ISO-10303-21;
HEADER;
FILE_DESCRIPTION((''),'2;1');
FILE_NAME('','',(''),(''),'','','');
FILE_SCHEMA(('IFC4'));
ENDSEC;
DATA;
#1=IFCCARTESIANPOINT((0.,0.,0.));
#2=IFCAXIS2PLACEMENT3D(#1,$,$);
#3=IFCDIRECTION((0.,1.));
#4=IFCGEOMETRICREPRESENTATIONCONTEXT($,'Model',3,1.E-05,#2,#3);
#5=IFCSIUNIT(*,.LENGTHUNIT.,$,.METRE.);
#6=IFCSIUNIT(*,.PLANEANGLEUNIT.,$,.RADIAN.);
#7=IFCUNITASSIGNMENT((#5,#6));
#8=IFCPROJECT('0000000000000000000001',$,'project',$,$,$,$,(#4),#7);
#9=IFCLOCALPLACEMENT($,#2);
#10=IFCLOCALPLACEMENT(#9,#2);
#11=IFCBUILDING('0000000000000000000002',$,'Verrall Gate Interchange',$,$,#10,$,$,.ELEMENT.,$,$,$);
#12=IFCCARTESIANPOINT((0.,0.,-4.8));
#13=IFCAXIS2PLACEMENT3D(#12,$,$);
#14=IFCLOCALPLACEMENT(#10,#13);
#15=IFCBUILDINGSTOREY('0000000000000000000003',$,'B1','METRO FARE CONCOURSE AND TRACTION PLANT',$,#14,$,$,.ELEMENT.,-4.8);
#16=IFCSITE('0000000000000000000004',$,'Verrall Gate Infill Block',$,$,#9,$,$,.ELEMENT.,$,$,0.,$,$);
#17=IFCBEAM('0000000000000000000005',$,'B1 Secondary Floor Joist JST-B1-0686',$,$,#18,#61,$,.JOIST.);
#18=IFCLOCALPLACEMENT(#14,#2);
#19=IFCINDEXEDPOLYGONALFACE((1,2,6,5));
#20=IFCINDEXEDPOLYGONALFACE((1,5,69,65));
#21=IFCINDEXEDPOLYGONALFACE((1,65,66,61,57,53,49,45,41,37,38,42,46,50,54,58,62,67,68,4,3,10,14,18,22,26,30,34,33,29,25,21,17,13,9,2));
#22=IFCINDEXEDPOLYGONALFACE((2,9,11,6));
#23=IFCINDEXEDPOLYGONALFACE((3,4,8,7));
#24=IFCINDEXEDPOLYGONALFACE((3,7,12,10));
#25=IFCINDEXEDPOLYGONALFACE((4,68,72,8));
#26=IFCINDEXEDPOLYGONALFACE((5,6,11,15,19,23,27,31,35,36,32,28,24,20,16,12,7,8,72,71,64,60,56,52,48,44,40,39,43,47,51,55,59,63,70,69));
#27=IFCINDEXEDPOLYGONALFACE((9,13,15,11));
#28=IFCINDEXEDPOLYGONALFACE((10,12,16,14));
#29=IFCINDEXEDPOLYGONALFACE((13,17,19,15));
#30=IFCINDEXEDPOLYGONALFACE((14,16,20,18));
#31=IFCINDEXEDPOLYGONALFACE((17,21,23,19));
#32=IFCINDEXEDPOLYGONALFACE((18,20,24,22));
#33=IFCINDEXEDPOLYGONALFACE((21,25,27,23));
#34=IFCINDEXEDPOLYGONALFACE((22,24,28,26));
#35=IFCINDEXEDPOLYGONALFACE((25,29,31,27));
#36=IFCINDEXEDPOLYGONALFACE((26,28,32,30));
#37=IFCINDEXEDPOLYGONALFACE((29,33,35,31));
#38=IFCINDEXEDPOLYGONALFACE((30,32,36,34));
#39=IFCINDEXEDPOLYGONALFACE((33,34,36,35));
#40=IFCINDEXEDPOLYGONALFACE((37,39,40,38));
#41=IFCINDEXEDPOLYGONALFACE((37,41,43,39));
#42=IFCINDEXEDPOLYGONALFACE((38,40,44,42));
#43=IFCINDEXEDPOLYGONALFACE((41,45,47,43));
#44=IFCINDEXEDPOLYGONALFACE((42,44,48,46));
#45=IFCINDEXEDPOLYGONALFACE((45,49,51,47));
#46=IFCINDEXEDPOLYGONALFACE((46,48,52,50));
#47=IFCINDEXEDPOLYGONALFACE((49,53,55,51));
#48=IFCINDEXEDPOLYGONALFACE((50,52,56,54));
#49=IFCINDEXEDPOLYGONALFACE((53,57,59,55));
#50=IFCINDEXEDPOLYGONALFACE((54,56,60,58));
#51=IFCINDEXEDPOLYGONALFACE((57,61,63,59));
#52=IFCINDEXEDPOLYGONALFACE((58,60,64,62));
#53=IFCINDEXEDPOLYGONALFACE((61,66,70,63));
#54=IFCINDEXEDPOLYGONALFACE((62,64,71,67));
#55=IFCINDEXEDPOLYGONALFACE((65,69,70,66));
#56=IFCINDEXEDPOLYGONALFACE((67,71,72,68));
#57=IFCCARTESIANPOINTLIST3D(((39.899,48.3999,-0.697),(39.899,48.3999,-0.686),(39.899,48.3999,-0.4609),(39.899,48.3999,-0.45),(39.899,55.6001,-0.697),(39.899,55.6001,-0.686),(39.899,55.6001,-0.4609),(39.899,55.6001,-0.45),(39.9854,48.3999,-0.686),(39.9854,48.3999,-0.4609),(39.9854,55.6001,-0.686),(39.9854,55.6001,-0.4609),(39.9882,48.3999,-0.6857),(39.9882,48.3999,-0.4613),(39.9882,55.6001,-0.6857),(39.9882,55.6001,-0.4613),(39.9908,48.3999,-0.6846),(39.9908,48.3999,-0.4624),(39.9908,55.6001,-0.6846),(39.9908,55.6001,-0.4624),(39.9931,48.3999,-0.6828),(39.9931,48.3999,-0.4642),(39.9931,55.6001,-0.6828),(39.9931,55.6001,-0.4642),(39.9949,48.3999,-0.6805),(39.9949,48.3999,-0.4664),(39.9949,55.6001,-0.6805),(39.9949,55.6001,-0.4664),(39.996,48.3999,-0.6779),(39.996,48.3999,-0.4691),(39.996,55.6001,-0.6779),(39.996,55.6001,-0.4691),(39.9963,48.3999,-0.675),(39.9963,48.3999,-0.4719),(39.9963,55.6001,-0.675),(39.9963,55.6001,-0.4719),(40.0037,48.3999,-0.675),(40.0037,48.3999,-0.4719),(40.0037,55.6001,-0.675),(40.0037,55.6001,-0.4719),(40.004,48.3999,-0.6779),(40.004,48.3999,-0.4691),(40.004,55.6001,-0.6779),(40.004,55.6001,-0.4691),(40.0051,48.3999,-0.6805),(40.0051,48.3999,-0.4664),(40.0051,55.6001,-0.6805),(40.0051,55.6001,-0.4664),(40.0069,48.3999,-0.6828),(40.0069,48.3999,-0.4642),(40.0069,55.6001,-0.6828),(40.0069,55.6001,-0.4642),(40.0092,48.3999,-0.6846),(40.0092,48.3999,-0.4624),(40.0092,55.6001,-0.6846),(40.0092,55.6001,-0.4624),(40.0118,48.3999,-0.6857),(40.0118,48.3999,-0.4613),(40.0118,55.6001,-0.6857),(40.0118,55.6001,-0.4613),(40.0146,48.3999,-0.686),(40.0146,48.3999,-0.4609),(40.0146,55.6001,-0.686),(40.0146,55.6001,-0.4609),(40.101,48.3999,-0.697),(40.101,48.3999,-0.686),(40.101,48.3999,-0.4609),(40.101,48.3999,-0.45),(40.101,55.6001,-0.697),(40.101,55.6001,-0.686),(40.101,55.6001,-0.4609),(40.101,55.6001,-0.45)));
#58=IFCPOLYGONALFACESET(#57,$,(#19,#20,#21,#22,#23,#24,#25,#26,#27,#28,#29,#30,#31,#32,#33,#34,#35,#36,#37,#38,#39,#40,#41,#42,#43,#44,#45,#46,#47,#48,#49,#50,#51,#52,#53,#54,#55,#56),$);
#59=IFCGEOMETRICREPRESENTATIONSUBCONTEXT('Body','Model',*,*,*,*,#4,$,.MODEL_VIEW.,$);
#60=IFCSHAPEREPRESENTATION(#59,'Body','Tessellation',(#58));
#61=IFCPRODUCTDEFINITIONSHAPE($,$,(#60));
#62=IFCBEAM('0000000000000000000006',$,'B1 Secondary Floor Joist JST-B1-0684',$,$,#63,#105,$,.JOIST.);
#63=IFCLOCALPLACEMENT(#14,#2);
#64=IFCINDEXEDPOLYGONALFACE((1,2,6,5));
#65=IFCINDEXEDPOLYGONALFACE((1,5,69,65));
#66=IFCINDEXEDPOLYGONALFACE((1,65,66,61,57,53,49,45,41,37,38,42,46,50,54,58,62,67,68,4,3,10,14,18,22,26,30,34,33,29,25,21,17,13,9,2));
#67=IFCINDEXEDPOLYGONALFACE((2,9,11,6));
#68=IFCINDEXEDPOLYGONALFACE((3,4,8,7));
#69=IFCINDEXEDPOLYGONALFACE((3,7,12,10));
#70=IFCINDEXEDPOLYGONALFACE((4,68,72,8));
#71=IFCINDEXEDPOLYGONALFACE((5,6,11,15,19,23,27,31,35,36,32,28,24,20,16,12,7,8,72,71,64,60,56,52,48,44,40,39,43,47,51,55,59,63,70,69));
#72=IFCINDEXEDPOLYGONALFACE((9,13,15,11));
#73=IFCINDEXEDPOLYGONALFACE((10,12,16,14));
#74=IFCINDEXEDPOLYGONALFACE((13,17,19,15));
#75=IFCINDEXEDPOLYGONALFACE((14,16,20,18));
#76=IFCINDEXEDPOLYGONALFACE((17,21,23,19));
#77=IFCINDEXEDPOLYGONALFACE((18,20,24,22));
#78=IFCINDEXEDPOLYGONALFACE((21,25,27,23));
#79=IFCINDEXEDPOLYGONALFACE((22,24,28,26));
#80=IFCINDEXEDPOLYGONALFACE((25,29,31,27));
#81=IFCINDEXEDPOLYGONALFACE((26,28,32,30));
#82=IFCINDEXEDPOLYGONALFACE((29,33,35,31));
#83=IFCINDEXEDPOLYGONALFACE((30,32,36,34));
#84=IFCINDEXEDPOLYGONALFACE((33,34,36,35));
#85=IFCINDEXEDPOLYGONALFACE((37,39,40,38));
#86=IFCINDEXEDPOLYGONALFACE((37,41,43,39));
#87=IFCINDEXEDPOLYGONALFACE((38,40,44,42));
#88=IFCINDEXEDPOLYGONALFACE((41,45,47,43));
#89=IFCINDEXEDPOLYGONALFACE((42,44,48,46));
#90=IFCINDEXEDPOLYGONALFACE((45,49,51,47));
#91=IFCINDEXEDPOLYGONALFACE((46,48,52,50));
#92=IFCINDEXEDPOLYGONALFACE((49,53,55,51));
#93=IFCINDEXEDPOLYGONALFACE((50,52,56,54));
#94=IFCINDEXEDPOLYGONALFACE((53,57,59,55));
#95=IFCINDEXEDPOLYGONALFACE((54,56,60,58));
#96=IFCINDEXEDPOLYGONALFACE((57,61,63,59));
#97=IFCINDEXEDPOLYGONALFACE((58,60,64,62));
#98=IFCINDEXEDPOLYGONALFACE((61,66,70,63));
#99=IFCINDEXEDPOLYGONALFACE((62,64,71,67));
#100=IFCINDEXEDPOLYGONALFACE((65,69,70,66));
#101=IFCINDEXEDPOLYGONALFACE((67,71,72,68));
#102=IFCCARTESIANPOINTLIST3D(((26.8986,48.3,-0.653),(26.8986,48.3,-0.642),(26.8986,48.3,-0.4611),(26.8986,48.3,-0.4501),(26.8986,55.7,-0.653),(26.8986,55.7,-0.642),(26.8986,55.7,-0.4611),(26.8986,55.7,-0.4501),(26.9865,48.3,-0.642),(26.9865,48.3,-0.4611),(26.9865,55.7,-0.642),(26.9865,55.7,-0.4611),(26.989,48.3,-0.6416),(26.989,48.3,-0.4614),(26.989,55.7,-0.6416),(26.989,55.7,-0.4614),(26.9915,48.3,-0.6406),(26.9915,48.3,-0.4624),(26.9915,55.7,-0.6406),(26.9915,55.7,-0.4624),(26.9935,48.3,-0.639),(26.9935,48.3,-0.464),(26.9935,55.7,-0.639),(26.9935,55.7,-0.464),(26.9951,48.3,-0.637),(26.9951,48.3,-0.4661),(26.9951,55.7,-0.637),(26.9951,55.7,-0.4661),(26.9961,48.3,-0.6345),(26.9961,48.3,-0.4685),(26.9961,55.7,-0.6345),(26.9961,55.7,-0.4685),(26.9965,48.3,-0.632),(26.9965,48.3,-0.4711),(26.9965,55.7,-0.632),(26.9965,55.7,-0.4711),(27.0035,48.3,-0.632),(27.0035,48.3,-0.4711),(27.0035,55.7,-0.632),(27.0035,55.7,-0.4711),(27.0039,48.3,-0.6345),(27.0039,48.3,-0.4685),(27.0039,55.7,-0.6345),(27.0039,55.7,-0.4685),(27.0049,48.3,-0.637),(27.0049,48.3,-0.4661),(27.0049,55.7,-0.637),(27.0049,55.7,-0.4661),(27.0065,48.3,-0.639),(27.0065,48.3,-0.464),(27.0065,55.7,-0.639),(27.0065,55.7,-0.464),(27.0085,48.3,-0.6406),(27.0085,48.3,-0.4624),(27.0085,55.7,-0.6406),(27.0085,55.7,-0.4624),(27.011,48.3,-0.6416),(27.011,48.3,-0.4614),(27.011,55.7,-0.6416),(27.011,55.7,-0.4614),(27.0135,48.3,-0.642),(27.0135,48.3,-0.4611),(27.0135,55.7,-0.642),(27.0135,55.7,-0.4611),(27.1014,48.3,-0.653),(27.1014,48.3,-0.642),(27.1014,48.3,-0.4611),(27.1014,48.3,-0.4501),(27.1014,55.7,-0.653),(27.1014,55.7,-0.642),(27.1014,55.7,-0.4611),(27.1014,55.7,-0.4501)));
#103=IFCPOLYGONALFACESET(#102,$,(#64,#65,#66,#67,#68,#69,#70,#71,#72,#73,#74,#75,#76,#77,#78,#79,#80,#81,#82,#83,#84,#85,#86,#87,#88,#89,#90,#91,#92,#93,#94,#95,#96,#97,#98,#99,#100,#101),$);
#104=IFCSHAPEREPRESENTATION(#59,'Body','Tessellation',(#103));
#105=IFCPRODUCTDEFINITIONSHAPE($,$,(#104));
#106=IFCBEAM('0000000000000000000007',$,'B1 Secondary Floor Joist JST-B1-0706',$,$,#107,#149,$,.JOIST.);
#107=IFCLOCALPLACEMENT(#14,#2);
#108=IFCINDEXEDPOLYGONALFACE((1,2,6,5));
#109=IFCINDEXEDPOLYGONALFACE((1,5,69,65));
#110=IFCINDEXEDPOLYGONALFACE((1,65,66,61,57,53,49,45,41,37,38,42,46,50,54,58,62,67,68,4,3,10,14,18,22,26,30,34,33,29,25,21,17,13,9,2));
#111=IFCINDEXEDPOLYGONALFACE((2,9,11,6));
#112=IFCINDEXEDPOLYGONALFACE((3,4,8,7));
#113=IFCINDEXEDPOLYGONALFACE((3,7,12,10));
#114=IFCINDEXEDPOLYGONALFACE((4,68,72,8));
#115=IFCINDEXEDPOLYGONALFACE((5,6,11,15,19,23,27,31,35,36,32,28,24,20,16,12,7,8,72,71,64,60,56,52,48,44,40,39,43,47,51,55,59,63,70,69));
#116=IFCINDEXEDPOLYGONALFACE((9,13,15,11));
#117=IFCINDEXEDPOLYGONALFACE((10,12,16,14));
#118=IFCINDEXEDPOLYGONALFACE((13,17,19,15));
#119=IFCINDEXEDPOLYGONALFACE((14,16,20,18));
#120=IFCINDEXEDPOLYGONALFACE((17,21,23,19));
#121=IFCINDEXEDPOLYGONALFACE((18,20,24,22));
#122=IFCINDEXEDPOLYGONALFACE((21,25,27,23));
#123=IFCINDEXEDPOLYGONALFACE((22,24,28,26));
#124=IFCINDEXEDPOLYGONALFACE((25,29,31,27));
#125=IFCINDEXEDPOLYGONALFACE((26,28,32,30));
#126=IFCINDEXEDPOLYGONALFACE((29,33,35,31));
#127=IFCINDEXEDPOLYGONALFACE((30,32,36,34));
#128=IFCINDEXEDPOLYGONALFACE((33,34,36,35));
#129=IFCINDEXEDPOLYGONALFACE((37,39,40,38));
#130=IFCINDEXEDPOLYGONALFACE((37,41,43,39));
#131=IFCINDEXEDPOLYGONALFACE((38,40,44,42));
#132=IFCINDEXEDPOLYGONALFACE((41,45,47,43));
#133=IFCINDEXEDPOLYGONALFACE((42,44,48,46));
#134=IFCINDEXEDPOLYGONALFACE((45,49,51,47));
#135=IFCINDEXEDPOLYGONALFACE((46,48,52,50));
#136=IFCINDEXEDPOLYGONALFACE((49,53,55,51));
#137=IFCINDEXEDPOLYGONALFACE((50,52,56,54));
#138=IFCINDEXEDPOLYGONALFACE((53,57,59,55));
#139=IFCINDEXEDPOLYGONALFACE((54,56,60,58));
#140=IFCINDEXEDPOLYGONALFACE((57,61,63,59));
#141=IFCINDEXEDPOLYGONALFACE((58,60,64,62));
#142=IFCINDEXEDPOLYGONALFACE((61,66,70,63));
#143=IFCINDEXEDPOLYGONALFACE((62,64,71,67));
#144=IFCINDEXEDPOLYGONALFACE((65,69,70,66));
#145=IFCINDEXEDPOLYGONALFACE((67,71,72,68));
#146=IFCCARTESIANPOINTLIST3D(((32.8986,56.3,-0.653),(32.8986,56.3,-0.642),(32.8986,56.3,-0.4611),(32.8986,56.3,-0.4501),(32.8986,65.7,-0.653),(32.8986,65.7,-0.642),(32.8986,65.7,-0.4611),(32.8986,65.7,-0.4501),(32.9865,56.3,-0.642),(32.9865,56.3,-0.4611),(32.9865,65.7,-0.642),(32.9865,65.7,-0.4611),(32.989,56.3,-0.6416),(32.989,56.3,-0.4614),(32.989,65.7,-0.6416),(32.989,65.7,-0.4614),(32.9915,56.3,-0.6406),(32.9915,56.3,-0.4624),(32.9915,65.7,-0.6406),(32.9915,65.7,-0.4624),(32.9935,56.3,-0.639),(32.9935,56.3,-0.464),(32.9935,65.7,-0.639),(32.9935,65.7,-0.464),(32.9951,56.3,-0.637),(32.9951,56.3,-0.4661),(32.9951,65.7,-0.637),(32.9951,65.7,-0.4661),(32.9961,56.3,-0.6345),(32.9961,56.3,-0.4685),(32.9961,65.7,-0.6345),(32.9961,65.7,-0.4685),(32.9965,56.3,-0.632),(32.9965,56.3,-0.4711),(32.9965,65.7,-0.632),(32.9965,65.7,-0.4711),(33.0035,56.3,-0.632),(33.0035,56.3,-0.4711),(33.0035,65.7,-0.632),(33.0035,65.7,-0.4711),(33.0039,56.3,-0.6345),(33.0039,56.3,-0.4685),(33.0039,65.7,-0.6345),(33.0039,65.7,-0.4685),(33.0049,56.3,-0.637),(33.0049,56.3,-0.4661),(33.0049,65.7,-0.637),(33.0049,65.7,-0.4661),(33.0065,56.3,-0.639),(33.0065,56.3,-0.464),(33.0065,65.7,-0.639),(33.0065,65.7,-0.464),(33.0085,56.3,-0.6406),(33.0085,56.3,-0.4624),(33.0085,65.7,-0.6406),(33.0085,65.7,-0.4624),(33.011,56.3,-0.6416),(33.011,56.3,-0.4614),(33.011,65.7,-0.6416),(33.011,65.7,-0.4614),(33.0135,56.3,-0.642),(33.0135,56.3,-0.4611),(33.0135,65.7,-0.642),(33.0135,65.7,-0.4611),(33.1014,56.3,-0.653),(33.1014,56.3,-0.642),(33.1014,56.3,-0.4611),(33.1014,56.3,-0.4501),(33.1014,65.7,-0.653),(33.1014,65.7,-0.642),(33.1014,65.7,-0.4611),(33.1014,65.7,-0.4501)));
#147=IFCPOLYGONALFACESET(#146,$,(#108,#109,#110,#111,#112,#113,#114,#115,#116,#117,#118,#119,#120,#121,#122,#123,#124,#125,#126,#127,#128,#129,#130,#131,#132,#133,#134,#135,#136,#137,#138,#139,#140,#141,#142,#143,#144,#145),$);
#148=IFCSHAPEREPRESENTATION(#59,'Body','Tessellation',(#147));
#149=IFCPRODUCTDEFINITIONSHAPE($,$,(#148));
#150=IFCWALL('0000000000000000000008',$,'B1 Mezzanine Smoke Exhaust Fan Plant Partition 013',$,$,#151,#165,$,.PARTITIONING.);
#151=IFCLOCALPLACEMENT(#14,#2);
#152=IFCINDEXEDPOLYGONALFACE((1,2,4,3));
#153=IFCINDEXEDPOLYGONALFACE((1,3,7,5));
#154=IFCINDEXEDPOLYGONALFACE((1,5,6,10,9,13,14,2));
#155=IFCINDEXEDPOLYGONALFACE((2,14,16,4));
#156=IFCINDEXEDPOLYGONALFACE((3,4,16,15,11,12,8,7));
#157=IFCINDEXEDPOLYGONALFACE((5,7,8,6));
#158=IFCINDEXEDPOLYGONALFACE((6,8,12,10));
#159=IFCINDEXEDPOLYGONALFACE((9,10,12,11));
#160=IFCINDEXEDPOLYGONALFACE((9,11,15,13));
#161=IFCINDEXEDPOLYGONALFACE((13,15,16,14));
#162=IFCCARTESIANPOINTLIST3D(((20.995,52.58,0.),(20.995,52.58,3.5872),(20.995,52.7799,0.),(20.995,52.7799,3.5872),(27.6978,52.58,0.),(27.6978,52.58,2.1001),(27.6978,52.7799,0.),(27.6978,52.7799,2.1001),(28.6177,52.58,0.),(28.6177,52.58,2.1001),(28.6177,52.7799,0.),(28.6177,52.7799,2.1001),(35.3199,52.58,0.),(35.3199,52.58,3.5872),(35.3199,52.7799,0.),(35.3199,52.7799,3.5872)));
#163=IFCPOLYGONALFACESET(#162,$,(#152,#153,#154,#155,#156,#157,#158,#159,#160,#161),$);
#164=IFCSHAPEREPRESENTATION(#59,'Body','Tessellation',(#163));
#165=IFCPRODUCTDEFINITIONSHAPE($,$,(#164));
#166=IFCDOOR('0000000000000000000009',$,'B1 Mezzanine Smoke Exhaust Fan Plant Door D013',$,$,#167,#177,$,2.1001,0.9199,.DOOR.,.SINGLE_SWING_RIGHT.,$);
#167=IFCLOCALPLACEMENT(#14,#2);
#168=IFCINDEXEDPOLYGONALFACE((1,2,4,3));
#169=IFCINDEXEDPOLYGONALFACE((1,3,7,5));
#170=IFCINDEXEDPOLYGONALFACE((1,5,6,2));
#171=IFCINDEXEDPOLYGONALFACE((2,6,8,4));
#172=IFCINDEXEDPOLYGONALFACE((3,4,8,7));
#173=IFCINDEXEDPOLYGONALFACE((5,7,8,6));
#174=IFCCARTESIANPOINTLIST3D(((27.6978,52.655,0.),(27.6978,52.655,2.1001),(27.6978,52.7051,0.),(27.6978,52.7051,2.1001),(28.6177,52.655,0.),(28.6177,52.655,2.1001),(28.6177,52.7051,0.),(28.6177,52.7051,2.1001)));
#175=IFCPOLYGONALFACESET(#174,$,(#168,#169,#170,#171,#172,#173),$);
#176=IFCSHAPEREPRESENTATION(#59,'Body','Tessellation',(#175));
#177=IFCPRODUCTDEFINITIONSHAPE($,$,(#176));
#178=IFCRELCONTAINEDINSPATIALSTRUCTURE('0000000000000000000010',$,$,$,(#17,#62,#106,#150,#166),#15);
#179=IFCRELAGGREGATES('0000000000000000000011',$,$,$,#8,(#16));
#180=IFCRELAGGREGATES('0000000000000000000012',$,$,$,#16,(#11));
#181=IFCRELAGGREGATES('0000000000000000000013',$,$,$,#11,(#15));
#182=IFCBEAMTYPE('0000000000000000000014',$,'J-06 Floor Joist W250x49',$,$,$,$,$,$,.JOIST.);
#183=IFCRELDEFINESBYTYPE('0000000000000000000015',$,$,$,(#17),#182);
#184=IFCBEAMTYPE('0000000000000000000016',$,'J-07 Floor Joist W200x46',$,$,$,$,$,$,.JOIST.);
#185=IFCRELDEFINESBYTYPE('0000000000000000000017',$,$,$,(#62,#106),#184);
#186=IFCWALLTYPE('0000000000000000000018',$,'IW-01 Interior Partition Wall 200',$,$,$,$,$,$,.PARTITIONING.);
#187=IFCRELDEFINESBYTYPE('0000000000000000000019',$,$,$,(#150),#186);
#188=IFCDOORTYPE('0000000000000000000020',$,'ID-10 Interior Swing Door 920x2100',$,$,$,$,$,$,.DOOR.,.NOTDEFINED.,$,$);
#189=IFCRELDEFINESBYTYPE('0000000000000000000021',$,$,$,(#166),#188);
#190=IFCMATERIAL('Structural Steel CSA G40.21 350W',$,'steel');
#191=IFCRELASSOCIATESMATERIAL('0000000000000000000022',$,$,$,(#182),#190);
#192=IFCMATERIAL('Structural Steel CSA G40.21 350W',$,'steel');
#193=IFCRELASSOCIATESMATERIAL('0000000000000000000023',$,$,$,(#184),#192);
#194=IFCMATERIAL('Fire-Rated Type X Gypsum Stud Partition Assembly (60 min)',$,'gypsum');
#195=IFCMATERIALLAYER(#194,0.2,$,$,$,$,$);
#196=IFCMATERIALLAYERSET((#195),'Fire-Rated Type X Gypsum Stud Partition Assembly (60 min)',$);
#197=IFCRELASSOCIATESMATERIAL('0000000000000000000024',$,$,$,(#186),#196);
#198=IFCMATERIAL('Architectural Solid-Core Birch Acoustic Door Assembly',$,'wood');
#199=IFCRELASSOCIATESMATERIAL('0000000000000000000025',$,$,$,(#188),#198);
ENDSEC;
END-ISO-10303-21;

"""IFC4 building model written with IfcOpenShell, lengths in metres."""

from ifc_helpers import new_model, si_unit, direction, frame, frame_2d, origin, origin_2d, place, context, subcontext, project, spatial, rectangle, i_section, extrude, material, layer, layer_set, material_profile, profile_set, type_object, element, fill, save


model = new_model("IFC4")

# Units and contexts
model_context = context("Model", 3, precision=1e-05, world=origin(), true_north=direction((0.0, 1.0)))
body_context = subcontext(model_context, "Body", "Model", "MODEL_VIEW")
ifc_project = project(units=[si_unit("LENGTHUNIT", "METRE"), si_unit("PLANEANGLEUNIT", "RADIAN")], contexts=[model_context])

# Site, building, storey
site_placement = place(None, origin())
site = spatial("IfcSite", under=ifc_project, at=site_placement, Name="Verrall Gate Infill Block", CompositionType="ELEMENT", RefElevation=0.0)
building_placement = place(site_placement, origin())
building = spatial("IfcBuilding", under=site, at=building_placement, Name="Verrall Gate Interchange", CompositionType="ELEMENT")
storey_placement = place(building_placement, frame((0.0, 0.0, -4.8)))
storey = spatial("IfcBuildingStorey", under=building, at=storey_placement, Name="B1", Description="METRO FARE CONCOURSE AND TRACTION PLANT", CompositionType="ELEMENT", Elevation=-4.8)

# Beams
ifc_material_1 = material(Name="Structural Steel CSA G40.21 350W", Category="steel")
ifc_material_profile_1 = material_profile(ifc_material_1, i_section(OverallWidth=0.2019, OverallDepth=0.2471, WebThickness=0.0073, FlangeThickness=0.011, FilletRadius=0.011, at=origin_2d()), Name="W250x49")
ifc_profile_set_1 = profile_set([ifc_material_profile_1], Name="Structural Steel CSA G40.21 350W")
beam_type_1 = type_object("IfcBeamType", Name="J-06 Floor Joist W250x49", PredefinedType="JOIST", material=ifc_profile_set_1)
beam_1_placement = place(storey_placement, frame((40.0, 48.3999, -0.5735), z_axis=(0.0, 1.0, 0.0), x_axis=(-1.0, 0.0, 0.0)))
element("IfcBeam", 1, at=beam_1_placement, inside=storey, type_object=beam_type_1, Name="B1 Secondary Floor Joist JST-B1-0686", PredefinedType="JOIST", context=body_context, shape_type="SweptSolid", body=[
    extrude(i_section(OverallWidth=0.2019, OverallDepth=0.2471, WebThickness=0.0073, FlangeThickness=0.011, FilletRadius=0.011, at=origin_2d()), origin(), (0.0, 0.0, 1.0), 7.2002),
])
ifc_material_2 = material(Name="Structural Steel CSA G40.21 350W", Category="steel")
ifc_material_profile_2 = material_profile(ifc_material_2, i_section(OverallWidth=0.2029, OverallDepth=0.2029, WebThickness=0.0071, FlangeThickness=0.011, FilletRadius=0.01, at=origin_2d()), Name="W200x46")
ifc_profile_set_2 = profile_set([ifc_material_profile_2], Name="Structural Steel CSA G40.21 350W")
beam_type_2 = type_object("IfcBeamType", Name="J-07 Floor Joist W200x46", PredefinedType="JOIST", material=ifc_profile_set_2)
beam_2_placement = place(storey_placement, frame((27.0, 48.3, -0.5515), z_axis=(0.0, 1.0, 0.0), x_axis=(-1.0, 0.0, 0.0)))
element("IfcBeam", 2, at=beam_2_placement, inside=storey, type_object=beam_type_2, Name="B1 Secondary Floor Joist JST-B1-0684", PredefinedType="JOIST", context=body_context, shape_type="SweptSolid", body=[
    extrude(i_section(OverallWidth=0.2029, OverallDepth=0.2029, WebThickness=0.0071, FlangeThickness=0.011, FilletRadius=0.01, at=origin_2d()), origin(), (0.0, 0.0, 1.0), 7.3999),
])
beam_3_placement = place(storey_placement, frame((33.0, 56.3, -0.5515), z_axis=(0.0, 1.0, 0.0), x_axis=(-1.0, 0.0, 0.0)))
element("IfcBeam", 3, at=beam_3_placement, inside=storey, type_object=beam_type_2, Name="B1 Secondary Floor Joist JST-B1-0706", PredefinedType="JOIST", context=body_context, shape_type="SweptSolid", body=[
    extrude(i_section(OverallWidth=0.2029, OverallDepth=0.2029, WebThickness=0.0071, FlangeThickness=0.011, FilletRadius=0.01, at=origin_2d()), origin(), (0.0, 0.0, 1.0), 9.3999),
])

# Wall, opening, door
ifc_material_3 = material(Name="Fire-Rated Type X Gypsum Stud Partition Assembly (60 min)", Category="gypsum")
ifc_layer_1 = layer(ifc_material_3, 0.2)
ifc_layer_set_1 = layer_set([ifc_layer_1], Name="Fire-Rated Type X Gypsum Stud Partition Assembly (60 min)")
wall_type_1 = type_object("IfcWallType", Name="IW-01 Interior Partition Wall 200", PredefinedType="PARTITIONING", material=ifc_layer_set_1)
wall_1_placement = place(storey_placement, frame((35.3201, 52.6799, 0.0), z_axis=(0.0, 0.0, 1.0), x_axis=(-1.0, 0.0, 0.0)))
wall_1 = element("IfcWall", 4, at=wall_1_placement, inside=storey, type_object=wall_type_1, Name="B1 Mezzanine Smoke Exhaust Fan Plant Partition 013", PredefinedType="PARTITIONING", context=body_context, shape_type="SweptSolid", body=[
    extrude(rectangle(XDim=14.325, YDim=0.2, at=frame_2d((7.1626, 0.0))), origin(), (0.0, 0.0, 1.0), 3.5872),
])
opening_placement = place(wall_1_placement, frame((6.7024, 0.0, 0.0)))
opening = element("IfcOpeningElement", 5, at=opening_placement, cuts=wall_1, PredefinedType="OPENING", context=body_context, shape_type="SweptSolid", body=[
    extrude(rectangle(XDim=0.9199, YDim=2.1001, at=frame_2d((0.46, 1.05))), frame((0.0, 0.1147, 0.0), z_axis=(0.0, -1.0, 0.0), x_axis=(1.0, 0.0, 0.0)), (0.0, 0.0, 1.0), 0.2297),
])
ifc_material_4 = material(Name="Architectural Solid-Core Birch Acoustic Door Assembly", Category="wood")
door_type = type_object("IfcDoorType", Name="ID-10 Interior Swing Door 920x2100", OperationType="NOTDEFINED", PredefinedType="DOOR", material=ifc_material_4)
door_placement = place(opening_placement, origin())
door = element("IfcDoor", 6, at=door_placement, inside=storey, type_object=door_type, Name="B1 Mezzanine Smoke Exhaust Fan Plant Door D013", OperationType="SINGLE_SWING_RIGHT", OverallHeight=2.1001, OverallWidth=0.9199, PredefinedType="DOOR", context=body_context, shape_type="SweptSolid", body=[
    extrude(rectangle(XDim=0.9199, YDim=2.1001, at=frame_2d((0.46, 1.05))), frame((0.0, 0.0249, 0.0), z_axis=(0.0, -1.0, 0.0), x_axis=(1.0, 0.0, 0.0)), (0.0, 0.0, 1.0), 0.05),
])
fill(opening, door)

save(model, "model.ifc")
